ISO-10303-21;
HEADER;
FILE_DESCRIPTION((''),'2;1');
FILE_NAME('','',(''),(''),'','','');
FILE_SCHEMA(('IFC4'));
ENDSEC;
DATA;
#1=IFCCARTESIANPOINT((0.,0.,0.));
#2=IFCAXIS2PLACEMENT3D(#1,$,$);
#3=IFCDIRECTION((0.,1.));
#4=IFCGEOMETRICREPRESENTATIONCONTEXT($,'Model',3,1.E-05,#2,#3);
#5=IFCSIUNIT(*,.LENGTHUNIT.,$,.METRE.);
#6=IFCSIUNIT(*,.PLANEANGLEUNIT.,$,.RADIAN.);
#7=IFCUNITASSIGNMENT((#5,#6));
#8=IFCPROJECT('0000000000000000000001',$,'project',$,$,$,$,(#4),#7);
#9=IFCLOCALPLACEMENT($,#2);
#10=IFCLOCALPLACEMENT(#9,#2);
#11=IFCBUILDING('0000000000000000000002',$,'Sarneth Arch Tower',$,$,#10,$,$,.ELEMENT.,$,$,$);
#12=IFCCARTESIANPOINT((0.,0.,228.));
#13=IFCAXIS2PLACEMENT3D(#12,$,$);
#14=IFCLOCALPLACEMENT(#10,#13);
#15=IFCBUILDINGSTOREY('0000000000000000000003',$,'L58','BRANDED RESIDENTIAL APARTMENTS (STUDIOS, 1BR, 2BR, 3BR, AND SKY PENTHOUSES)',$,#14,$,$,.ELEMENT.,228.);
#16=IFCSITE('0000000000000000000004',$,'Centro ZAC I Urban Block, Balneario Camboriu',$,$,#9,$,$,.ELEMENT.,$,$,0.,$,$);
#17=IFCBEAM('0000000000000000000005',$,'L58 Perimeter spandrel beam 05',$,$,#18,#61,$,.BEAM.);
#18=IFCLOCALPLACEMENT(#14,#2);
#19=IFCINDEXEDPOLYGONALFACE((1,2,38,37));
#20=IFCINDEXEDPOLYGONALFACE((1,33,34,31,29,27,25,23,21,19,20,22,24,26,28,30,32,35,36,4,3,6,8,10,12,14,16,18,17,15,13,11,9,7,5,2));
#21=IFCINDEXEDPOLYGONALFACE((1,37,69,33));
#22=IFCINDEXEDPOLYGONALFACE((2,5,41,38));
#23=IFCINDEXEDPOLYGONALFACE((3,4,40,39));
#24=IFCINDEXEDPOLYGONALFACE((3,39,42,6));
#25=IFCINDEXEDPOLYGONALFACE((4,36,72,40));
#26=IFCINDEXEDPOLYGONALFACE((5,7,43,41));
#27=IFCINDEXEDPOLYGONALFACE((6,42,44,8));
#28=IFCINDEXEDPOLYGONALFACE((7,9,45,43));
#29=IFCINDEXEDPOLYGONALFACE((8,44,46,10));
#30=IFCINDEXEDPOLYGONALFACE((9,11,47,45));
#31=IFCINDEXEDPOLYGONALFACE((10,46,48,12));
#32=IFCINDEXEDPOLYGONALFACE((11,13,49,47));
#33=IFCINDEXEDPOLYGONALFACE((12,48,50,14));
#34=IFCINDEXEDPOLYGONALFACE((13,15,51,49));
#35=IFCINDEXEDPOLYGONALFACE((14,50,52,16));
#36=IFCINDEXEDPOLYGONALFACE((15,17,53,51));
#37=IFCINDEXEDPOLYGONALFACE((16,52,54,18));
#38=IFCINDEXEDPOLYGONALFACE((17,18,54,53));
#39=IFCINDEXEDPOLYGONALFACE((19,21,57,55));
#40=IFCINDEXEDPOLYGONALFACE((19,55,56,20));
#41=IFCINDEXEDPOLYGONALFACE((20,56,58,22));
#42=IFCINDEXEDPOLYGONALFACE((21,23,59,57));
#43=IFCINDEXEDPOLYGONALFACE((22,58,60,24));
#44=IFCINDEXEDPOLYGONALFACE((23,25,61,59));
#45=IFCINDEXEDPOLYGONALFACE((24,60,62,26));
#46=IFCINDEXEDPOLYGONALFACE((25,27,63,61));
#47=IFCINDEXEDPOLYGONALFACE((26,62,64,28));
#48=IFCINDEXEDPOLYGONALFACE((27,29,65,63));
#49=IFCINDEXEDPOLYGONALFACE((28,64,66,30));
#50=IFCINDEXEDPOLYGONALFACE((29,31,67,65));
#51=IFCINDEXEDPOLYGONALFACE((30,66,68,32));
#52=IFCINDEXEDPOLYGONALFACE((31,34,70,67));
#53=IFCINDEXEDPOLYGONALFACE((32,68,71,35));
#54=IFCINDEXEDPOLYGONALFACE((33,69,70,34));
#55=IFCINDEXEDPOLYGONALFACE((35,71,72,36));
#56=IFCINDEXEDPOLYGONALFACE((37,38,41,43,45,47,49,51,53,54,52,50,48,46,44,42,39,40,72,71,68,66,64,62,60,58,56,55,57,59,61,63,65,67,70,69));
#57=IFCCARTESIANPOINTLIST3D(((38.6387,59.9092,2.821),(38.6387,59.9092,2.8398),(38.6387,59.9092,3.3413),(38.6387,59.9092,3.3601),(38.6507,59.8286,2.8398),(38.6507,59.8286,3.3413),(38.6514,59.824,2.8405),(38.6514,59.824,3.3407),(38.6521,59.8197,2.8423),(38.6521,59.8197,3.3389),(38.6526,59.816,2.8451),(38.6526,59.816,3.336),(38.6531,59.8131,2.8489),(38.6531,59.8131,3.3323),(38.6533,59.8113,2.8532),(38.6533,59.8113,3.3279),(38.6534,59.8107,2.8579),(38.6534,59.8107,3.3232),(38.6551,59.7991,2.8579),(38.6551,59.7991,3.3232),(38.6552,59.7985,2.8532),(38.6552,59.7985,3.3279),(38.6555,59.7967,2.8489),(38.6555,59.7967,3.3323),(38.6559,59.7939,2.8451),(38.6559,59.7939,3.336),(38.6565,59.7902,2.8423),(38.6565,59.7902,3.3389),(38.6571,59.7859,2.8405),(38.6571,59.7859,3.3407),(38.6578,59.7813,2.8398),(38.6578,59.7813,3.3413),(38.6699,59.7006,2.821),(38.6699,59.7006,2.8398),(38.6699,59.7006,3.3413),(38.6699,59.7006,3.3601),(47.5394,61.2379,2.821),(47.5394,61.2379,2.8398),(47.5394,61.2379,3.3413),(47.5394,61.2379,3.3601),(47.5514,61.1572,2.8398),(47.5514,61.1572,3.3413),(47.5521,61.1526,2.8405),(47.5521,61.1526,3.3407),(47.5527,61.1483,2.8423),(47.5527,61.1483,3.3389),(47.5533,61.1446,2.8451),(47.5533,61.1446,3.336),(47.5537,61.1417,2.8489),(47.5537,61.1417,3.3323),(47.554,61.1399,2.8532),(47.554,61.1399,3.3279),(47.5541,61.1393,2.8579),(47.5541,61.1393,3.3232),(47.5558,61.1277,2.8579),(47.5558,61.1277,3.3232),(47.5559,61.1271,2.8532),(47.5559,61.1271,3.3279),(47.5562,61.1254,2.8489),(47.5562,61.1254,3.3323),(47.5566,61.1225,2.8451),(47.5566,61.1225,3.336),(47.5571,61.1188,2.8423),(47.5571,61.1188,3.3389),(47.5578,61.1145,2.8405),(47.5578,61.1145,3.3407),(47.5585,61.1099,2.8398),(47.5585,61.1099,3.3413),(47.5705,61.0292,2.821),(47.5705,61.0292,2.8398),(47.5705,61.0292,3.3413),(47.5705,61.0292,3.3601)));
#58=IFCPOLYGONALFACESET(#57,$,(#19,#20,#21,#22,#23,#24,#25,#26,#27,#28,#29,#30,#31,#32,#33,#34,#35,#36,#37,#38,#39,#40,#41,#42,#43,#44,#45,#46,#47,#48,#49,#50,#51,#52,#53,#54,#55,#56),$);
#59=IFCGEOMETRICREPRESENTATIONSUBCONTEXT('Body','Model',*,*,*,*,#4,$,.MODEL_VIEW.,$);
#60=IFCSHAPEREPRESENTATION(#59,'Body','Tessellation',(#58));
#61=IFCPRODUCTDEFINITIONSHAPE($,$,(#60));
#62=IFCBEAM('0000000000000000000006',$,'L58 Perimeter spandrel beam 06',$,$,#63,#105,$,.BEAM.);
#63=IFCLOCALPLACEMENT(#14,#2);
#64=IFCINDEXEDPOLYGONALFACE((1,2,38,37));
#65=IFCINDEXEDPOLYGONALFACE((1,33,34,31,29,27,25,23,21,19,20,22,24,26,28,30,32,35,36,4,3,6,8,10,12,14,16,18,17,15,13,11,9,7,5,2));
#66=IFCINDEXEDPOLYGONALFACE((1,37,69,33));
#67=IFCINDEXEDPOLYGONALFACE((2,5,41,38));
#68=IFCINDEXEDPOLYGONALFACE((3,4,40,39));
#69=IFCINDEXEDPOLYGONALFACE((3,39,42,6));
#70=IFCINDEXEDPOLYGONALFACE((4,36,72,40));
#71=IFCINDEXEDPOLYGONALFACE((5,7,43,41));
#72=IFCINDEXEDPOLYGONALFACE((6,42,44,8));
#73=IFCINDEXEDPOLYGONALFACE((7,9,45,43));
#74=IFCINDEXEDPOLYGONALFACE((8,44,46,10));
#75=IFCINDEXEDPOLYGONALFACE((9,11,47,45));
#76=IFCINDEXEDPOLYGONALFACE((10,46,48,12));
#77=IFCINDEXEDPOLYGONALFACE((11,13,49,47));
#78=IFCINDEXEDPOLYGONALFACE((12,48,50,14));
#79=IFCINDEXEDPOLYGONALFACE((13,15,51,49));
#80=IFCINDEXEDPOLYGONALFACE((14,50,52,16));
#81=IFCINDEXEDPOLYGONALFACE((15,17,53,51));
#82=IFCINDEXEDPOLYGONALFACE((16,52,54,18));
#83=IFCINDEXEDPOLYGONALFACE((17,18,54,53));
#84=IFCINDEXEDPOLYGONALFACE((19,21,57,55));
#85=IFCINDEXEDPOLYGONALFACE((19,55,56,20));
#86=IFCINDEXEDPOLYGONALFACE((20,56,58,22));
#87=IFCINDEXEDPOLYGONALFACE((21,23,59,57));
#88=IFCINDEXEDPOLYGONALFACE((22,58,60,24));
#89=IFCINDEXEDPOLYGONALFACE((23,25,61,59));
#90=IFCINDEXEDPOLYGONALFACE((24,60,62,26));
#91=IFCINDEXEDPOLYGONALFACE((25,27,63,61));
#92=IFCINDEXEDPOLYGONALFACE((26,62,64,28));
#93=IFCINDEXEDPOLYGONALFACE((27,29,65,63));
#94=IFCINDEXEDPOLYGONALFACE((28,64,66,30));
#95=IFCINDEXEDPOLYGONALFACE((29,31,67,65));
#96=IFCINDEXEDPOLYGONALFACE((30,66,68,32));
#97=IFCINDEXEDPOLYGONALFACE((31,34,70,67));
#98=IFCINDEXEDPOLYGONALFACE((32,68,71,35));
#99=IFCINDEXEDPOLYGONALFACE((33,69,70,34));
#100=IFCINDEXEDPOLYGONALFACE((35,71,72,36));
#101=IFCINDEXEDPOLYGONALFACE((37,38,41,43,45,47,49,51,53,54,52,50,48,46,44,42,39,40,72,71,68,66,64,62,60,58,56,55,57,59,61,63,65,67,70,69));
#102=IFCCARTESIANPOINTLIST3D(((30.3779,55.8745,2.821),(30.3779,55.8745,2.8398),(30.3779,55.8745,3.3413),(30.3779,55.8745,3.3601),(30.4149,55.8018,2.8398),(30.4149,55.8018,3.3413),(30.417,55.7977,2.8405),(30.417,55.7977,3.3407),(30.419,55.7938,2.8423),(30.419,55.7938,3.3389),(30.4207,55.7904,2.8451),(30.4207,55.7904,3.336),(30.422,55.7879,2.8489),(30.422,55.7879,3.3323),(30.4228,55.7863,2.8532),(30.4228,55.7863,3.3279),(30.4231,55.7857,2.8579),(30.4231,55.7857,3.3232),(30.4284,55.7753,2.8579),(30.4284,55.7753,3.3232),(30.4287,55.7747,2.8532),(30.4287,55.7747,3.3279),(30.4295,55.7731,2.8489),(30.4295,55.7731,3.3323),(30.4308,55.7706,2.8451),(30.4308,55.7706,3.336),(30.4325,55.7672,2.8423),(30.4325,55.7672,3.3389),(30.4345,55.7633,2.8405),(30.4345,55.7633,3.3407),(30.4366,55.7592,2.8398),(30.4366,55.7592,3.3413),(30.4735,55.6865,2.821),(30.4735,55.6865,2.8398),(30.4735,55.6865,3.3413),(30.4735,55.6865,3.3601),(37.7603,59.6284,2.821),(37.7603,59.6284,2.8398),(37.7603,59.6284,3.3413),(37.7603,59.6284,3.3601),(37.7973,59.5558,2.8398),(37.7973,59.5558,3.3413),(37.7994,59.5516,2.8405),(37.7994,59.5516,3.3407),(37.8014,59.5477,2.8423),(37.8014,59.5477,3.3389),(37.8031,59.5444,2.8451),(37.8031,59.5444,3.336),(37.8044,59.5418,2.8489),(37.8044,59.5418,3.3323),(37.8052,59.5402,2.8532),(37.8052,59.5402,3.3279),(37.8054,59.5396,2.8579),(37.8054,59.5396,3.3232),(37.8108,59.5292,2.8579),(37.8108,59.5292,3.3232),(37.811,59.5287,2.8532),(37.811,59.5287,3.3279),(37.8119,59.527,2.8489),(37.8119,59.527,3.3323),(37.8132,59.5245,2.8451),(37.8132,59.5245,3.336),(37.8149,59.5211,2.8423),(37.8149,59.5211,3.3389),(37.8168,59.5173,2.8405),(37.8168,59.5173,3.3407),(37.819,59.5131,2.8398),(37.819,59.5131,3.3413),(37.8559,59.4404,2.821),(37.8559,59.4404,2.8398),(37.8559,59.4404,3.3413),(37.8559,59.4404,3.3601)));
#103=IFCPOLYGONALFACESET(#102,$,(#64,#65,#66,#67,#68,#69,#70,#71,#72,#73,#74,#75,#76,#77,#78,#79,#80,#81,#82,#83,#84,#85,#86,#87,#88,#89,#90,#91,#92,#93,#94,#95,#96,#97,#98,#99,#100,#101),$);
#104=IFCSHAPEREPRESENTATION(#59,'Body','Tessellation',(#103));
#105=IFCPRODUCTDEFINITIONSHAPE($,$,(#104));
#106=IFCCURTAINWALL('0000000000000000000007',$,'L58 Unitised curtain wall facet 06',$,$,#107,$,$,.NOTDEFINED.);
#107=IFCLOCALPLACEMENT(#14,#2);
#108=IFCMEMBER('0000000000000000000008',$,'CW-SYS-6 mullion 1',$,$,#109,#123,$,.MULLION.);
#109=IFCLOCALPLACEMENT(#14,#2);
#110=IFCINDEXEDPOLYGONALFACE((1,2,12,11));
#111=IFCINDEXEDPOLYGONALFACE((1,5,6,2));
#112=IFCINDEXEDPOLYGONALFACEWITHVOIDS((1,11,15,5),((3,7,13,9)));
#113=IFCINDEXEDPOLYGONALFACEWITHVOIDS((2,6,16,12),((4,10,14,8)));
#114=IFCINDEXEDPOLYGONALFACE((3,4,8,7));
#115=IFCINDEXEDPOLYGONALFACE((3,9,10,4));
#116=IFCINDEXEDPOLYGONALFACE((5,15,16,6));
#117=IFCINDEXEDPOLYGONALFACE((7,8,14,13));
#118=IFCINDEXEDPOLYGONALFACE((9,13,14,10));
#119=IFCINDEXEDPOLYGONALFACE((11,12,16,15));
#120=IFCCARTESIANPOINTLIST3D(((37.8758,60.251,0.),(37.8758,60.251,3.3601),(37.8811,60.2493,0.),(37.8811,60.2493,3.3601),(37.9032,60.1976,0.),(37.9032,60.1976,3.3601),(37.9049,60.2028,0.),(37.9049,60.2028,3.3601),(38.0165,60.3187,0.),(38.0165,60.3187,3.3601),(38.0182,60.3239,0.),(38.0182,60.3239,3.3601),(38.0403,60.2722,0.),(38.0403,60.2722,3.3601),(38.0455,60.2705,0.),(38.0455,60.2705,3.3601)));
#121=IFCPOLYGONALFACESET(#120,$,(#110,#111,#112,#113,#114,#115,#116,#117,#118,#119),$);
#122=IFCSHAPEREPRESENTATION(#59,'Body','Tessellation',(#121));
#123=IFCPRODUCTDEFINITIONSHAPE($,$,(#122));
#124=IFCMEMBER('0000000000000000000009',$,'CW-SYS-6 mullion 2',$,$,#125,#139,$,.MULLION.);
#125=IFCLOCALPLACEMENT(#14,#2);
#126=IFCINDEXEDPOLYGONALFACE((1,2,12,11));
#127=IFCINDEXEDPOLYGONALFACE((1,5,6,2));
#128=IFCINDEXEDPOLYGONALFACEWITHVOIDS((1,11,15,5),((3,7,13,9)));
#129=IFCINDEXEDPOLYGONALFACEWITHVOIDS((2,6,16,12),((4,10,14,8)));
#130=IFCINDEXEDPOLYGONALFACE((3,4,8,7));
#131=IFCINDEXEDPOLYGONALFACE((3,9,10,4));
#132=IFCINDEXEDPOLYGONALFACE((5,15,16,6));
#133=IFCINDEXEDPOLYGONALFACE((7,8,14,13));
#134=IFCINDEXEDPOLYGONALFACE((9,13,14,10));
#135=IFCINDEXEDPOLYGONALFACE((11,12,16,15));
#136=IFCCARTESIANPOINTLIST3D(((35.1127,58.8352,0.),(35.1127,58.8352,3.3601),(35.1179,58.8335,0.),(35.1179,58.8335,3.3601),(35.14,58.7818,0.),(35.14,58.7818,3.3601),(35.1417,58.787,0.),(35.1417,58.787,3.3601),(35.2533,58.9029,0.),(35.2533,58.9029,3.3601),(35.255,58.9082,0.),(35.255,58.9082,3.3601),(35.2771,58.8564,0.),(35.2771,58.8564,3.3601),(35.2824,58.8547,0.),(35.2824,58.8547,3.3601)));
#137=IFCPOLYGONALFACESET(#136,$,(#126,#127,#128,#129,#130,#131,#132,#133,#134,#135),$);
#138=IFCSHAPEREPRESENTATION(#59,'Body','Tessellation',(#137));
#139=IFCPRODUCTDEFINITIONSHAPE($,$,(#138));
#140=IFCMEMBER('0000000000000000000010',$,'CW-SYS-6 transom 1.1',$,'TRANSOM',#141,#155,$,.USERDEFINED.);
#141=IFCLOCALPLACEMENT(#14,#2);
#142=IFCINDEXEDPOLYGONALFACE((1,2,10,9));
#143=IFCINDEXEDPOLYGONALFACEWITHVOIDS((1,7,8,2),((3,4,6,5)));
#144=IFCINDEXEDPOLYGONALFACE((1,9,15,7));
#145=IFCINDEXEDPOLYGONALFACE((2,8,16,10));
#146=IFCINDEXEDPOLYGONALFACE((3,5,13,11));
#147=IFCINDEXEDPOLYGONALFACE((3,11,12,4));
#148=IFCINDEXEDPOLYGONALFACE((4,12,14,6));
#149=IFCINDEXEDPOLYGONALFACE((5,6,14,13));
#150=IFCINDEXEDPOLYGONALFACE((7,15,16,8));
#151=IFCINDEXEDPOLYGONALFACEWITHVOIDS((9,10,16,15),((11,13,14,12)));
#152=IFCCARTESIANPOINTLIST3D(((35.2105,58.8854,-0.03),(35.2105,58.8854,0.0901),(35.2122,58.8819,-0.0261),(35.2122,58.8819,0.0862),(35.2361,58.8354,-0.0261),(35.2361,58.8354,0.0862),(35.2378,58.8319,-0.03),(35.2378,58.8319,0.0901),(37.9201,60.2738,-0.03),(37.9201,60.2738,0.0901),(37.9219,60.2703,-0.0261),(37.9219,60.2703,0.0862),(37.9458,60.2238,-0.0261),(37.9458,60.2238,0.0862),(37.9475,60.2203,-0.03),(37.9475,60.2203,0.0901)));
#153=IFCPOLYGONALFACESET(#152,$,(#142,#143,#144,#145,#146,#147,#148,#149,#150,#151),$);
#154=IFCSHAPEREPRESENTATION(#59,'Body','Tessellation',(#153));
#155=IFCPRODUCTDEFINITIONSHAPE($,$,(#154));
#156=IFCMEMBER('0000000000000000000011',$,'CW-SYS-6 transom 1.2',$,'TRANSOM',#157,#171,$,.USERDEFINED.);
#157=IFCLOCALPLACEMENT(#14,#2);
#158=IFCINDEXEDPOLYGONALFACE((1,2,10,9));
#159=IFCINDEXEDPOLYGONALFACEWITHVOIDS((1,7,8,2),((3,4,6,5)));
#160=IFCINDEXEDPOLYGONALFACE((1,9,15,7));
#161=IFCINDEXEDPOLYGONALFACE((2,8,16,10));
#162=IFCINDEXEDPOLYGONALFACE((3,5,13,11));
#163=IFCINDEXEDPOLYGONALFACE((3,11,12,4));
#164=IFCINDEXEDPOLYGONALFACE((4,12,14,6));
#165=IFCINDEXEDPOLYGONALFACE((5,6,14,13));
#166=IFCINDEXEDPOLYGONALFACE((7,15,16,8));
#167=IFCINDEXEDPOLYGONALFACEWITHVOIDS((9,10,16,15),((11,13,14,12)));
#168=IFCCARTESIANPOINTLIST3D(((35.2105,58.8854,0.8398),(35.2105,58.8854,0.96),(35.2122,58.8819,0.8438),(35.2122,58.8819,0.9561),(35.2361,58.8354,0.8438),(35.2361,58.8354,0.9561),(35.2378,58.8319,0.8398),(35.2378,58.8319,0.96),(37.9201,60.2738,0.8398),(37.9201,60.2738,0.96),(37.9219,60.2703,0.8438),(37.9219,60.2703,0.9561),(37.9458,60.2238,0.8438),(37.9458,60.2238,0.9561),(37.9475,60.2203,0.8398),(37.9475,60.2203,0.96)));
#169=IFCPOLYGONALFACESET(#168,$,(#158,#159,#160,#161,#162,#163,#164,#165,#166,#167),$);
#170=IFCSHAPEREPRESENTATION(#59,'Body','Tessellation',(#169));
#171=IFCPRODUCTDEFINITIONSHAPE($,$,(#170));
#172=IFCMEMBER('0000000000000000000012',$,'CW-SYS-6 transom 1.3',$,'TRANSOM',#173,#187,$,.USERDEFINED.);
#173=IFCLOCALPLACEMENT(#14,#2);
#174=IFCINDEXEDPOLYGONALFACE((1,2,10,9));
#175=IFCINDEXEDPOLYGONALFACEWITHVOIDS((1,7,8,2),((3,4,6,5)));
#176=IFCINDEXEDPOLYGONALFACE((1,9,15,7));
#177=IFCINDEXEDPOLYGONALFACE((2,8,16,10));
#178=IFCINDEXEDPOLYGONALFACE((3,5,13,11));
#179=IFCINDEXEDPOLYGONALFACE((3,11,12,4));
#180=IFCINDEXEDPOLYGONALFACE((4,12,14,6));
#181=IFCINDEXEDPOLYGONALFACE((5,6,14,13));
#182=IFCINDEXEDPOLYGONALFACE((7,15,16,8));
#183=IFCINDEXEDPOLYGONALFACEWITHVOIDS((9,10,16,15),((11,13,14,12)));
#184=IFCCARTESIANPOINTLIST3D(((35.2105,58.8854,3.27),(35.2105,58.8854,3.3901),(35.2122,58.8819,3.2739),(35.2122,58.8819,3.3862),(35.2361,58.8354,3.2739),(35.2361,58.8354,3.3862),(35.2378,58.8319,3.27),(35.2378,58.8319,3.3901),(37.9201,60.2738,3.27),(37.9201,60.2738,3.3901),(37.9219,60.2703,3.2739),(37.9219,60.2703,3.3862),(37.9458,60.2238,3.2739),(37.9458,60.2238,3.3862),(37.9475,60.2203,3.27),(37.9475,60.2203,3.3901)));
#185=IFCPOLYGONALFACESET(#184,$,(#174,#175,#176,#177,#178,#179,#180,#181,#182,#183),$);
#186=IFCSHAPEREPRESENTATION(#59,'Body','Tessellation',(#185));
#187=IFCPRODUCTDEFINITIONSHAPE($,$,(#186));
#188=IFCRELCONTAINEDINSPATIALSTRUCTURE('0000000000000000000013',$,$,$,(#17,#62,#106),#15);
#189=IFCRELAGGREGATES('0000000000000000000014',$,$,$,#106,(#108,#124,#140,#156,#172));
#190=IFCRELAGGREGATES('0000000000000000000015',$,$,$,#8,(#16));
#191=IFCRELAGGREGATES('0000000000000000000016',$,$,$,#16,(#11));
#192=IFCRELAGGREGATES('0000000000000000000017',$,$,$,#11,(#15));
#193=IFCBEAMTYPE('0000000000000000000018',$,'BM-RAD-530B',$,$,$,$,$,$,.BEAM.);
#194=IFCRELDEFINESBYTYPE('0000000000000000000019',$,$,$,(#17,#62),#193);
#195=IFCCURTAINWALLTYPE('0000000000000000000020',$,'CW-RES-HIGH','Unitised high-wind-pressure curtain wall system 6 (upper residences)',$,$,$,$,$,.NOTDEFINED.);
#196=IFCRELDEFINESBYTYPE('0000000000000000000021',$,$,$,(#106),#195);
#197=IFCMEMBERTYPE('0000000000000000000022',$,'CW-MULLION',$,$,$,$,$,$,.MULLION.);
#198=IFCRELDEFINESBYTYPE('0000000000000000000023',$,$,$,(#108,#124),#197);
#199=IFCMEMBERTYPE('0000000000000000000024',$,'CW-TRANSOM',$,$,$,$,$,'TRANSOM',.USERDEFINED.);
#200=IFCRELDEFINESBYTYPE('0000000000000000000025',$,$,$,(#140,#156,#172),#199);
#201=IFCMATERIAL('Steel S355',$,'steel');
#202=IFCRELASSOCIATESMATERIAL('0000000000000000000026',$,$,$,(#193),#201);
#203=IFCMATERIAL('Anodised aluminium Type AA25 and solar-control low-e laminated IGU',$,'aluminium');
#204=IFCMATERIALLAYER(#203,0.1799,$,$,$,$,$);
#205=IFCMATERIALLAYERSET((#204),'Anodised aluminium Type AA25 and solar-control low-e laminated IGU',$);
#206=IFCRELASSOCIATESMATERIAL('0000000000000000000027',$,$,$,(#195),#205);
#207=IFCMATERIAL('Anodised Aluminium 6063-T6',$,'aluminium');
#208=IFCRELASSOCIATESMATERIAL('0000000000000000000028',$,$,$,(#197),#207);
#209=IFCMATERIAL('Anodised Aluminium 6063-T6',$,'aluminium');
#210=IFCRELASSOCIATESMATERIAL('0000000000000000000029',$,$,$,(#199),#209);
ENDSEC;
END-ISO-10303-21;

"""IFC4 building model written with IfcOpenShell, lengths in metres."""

from ifc_helpers import new_model, si_unit, direction, frame, origin, origin_2d, place, context, subcontext, project, spatial, hollow_rectangle, i_section, extrude, material, layer, layer_set, material_profile, profile_set, type_object, element, aggregate, save


model = new_model("IFC4")

# Units and contexts
model_context = context("Model", 3, precision=1e-05, world=origin(), true_north=direction((0.0, 1.0)))
body_context = subcontext(model_context, "Body", "Model", "MODEL_VIEW")
ifc_project = project(units=[si_unit("LENGTHUNIT", "METRE"), si_unit("PLANEANGLEUNIT", "RADIAN")], contexts=[model_context])

# Site, building, storey
site_placement = place(None, origin())
site = spatial("IfcSite", under=ifc_project, at=site_placement, Name="Centro ZAC I Urban Block, Balneario Camboriu", CompositionType="ELEMENT", RefElevation=0.0)
building_placement = place(site_placement, origin())
building = spatial("IfcBuilding", under=site, at=building_placement, Name="Sarneth Arch Tower", CompositionType="ELEMENT")
storey_placement = place(building_placement, frame((0.0, 0.0, 228.0)))
storey = spatial("IfcBuildingStorey", under=building, at=storey_placement, Name="L58", Description="BRANDED RESIDENTIAL APARTMENTS (STUDIOS, 1BR, 2BR, 3BR, AND SKY PENTHOUSES)", CompositionType="ELEMENT", Elevation=228.0)

# Beams
ifc_material_1 = material(Name="Steel S355", Category="steel")
ifc_material_profile_1 = material_profile(ifc_material_1, i_section(OverallWidth=0.2109, OverallDepth=0.5391, WebThickness=0.0117, FlangeThickness=0.0188, FilletRadius=0.0181, at=origin_2d()), Name="W530x109")
ifc_profile_set_1 = profile_set([ifc_material_profile_1], Name="Steel S355")
beam_type = type_object("IfcBeamType", Name="BM-RAD-530B", PredefinedType="BEAM", material=ifc_profile_set_1)
beam_1_placement = place(storey_placement, frame((47.5549, 61.1335, 3.0906), z_axis=(-0.989042, -0.147636, 0.0), x_axis=(0.147636, -0.989042, 0.0)))
element("IfcBeam", 1, at=beam_1_placement, inside=storey, type_object=beam_type, Name="L58 Perimeter spandrel beam 05", PredefinedType="BEAM", context=body_context, shape_type="SweptSolid", body=[
    extrude(i_section(OverallWidth=0.2109, OverallDepth=0.5391, WebThickness=0.0117, FlangeThickness=0.0188, FilletRadius=0.0181, at=origin_2d()), origin(), (0.0, 0.0, 1.0), 8.9993),
])
beam_2_placement = place(storey_placement, frame((37.8081, 59.5344, 3.0906), z_axis=(-0.891376, -0.453264, 0.0), x_axis=(0.453264, -0.891376, 0.0)))
element("IfcBeam", 2, at=beam_2_placement, inside=storey, type_object=beam_type, Name="L58 Perimeter spandrel beam 06", PredefinedType="BEAM", context=body_context, shape_type="SweptSolid", body=[
    extrude(i_section(OverallWidth=0.2109, OverallDepth=0.5391, WebThickness=0.0117, FlangeThickness=0.0188, FilletRadius=0.0181, at=origin_2d()), origin(), (0.0, 0.0, 1.0), 8.282),
])

# Curtain wall, members
ifc_material_2 = material(Name="Anodised aluminium Type AA25 and solar-control low-e laminated IGU", Category="aluminium")
ifc_layer_1 = layer(ifc_material_2, 0.1799)
ifc_layer_set_1 = layer_set([ifc_layer_1], Name="Anodised aluminium Type AA25 and solar-control low-e laminated IGU")
curtain_wall_type = type_object("IfcCurtainWallType", Name="CW-RES-HIGH", Description="Unitised high-wind-pressure curtain wall system 6 (upper residences)", PredefinedType="NOTDEFINED", material=ifc_layer_set_1)
curtain_wall_placement = place(storey_placement, origin())
curtain_wall = element("IfcCurtainWall", 3, at=curtain_wall_placement, inside=storey, type_object=curtain_wall_type, Name="L58 Unitised curtain wall facet 06", PredefinedType="NOTDEFINED")
ifc_material_3 = material(Name="Anodised Aluminium 6063-T6", Category="aluminium")
ifc_material_profile_2 = material_profile(ifc_material_3, hollow_rectangle(XDim=0.0601, YDim=0.1599, WallThickness=0.0039, at=origin_2d()), Name="AL-MULL-160x60x4")
ifc_profile_set_2 = profile_set([ifc_material_profile_2], Name="Anodised Aluminium 6063-T6")
member_type_1 = type_object("IfcMemberType", Name="CW-MULLION", PredefinedType="MULLION", material=ifc_profile_set_2)
member_1_placement = place(storey_placement, frame((37.9607, 60.2607, 0.0), z_axis=(0.0, 0.0, 1.0), x_axis=(0.455942, -0.89001, 0.0)))
member_1 = element("IfcMember", 4, at=member_1_placement, type_object=member_type_1, Name="CW-SYS-6 mullion 1", PredefinedType="MULLION", context=body_context, shape_type="SweptSolid", body=[
    extrude(hollow_rectangle(XDim=0.0601, YDim=0.1599, WallThickness=0.0039, at=origin_2d()), origin(), (0.0, 0.0, 1.0), 3.3601),
])
member_2_placement = place(storey_placement, frame((35.1975, 58.845, 0.0), z_axis=(0.0, 0.0, 1.0), x_axis=(0.455942, -0.89001, 0.0)))
member_2 = element("IfcMember", 5, at=member_2_placement, type_object=member_type_1, Name="CW-SYS-6 mullion 2", PredefinedType="MULLION", context=body_context, shape_type="SweptSolid", body=[
    extrude(hollow_rectangle(XDim=0.0601, YDim=0.1599, WallThickness=0.0039, at=origin_2d()), origin(), (0.0, 0.0, 1.0), 3.3601),
])
ifc_material_4 = material(Name="Anodised Aluminium 6063-T6", Category="aluminium")
ifc_material_profile_3 = material_profile(ifc_material_4, hollow_rectangle(XDim=0.0601, YDim=0.1201, WallThickness=0.0039, at=origin_2d()), Name="AL-TRAN-120x60x4")
ifc_profile_set_3 = profile_set([ifc_material_profile_3], Name="Anodised Aluminium 6063-T6")
member_type_2 = type_object("IfcMemberType", Name="CW-TRANSOM", ElementType="TRANSOM", PredefinedType="USERDEFINED", material=ifc_profile_set_3)
member_3_placement = place(storey_placement, frame((37.9338, 60.2471, 0.03), z_axis=(-0.889974, -0.456012, 0.0), x_axis=(0.456012, -0.889974, 0.0)))
member_3 = element("IfcMember", 6, at=member_3_placement, type_object=member_type_2, Name="CW-SYS-6 transom 1.1", ObjectType="TRANSOM", PredefinedType="USERDEFINED", context=body_context, shape_type="SweptSolid", body=[
    extrude(hollow_rectangle(XDim=0.0601, YDim=0.1201, WallThickness=0.0039, at=origin_2d()), origin(), (0.0, 0.0, 1.0), 3.0447),
])
member_4_placement = place(storey_placement, frame((37.9338, 60.2471, 0.8999), z_axis=(-0.889974, -0.456012, 0.0), x_axis=(0.456012, -0.889974, 0.0)))
member_4 = element("IfcMember", 7, at=member_4_placement, type_object=member_type_2, Name="CW-SYS-6 transom 1.2", ObjectType="TRANSOM", PredefinedType="USERDEFINED", context=body_context, shape_type="SweptSolid", body=[
    extrude(hollow_rectangle(XDim=0.0601, YDim=0.1201, WallThickness=0.0039, at=origin_2d()), origin(), (0.0, 0.0, 1.0), 3.0447),
])
member_5_placement = place(storey_placement, frame((37.9338, 60.2471, 3.3301), z_axis=(-0.889974, -0.456012, 0.0), x_axis=(0.456012, -0.889974, 0.0)))
member_5 = element("IfcMember", 8, at=member_5_placement, type_object=member_type_2, Name="CW-SYS-6 transom 1.3", ObjectType="TRANSOM", PredefinedType="USERDEFINED", context=body_context, shape_type="SweptSolid", body=[
    extrude(hollow_rectangle(XDim=0.0601, YDim=0.1201, WallThickness=0.0039, at=origin_2d()), origin(), (0.0, 0.0, 1.0), 3.0447),
])

aggregate(curtain_wall, [member_1, member_2, member_3, member_4, member_5])

save(model, "model.ifc")
